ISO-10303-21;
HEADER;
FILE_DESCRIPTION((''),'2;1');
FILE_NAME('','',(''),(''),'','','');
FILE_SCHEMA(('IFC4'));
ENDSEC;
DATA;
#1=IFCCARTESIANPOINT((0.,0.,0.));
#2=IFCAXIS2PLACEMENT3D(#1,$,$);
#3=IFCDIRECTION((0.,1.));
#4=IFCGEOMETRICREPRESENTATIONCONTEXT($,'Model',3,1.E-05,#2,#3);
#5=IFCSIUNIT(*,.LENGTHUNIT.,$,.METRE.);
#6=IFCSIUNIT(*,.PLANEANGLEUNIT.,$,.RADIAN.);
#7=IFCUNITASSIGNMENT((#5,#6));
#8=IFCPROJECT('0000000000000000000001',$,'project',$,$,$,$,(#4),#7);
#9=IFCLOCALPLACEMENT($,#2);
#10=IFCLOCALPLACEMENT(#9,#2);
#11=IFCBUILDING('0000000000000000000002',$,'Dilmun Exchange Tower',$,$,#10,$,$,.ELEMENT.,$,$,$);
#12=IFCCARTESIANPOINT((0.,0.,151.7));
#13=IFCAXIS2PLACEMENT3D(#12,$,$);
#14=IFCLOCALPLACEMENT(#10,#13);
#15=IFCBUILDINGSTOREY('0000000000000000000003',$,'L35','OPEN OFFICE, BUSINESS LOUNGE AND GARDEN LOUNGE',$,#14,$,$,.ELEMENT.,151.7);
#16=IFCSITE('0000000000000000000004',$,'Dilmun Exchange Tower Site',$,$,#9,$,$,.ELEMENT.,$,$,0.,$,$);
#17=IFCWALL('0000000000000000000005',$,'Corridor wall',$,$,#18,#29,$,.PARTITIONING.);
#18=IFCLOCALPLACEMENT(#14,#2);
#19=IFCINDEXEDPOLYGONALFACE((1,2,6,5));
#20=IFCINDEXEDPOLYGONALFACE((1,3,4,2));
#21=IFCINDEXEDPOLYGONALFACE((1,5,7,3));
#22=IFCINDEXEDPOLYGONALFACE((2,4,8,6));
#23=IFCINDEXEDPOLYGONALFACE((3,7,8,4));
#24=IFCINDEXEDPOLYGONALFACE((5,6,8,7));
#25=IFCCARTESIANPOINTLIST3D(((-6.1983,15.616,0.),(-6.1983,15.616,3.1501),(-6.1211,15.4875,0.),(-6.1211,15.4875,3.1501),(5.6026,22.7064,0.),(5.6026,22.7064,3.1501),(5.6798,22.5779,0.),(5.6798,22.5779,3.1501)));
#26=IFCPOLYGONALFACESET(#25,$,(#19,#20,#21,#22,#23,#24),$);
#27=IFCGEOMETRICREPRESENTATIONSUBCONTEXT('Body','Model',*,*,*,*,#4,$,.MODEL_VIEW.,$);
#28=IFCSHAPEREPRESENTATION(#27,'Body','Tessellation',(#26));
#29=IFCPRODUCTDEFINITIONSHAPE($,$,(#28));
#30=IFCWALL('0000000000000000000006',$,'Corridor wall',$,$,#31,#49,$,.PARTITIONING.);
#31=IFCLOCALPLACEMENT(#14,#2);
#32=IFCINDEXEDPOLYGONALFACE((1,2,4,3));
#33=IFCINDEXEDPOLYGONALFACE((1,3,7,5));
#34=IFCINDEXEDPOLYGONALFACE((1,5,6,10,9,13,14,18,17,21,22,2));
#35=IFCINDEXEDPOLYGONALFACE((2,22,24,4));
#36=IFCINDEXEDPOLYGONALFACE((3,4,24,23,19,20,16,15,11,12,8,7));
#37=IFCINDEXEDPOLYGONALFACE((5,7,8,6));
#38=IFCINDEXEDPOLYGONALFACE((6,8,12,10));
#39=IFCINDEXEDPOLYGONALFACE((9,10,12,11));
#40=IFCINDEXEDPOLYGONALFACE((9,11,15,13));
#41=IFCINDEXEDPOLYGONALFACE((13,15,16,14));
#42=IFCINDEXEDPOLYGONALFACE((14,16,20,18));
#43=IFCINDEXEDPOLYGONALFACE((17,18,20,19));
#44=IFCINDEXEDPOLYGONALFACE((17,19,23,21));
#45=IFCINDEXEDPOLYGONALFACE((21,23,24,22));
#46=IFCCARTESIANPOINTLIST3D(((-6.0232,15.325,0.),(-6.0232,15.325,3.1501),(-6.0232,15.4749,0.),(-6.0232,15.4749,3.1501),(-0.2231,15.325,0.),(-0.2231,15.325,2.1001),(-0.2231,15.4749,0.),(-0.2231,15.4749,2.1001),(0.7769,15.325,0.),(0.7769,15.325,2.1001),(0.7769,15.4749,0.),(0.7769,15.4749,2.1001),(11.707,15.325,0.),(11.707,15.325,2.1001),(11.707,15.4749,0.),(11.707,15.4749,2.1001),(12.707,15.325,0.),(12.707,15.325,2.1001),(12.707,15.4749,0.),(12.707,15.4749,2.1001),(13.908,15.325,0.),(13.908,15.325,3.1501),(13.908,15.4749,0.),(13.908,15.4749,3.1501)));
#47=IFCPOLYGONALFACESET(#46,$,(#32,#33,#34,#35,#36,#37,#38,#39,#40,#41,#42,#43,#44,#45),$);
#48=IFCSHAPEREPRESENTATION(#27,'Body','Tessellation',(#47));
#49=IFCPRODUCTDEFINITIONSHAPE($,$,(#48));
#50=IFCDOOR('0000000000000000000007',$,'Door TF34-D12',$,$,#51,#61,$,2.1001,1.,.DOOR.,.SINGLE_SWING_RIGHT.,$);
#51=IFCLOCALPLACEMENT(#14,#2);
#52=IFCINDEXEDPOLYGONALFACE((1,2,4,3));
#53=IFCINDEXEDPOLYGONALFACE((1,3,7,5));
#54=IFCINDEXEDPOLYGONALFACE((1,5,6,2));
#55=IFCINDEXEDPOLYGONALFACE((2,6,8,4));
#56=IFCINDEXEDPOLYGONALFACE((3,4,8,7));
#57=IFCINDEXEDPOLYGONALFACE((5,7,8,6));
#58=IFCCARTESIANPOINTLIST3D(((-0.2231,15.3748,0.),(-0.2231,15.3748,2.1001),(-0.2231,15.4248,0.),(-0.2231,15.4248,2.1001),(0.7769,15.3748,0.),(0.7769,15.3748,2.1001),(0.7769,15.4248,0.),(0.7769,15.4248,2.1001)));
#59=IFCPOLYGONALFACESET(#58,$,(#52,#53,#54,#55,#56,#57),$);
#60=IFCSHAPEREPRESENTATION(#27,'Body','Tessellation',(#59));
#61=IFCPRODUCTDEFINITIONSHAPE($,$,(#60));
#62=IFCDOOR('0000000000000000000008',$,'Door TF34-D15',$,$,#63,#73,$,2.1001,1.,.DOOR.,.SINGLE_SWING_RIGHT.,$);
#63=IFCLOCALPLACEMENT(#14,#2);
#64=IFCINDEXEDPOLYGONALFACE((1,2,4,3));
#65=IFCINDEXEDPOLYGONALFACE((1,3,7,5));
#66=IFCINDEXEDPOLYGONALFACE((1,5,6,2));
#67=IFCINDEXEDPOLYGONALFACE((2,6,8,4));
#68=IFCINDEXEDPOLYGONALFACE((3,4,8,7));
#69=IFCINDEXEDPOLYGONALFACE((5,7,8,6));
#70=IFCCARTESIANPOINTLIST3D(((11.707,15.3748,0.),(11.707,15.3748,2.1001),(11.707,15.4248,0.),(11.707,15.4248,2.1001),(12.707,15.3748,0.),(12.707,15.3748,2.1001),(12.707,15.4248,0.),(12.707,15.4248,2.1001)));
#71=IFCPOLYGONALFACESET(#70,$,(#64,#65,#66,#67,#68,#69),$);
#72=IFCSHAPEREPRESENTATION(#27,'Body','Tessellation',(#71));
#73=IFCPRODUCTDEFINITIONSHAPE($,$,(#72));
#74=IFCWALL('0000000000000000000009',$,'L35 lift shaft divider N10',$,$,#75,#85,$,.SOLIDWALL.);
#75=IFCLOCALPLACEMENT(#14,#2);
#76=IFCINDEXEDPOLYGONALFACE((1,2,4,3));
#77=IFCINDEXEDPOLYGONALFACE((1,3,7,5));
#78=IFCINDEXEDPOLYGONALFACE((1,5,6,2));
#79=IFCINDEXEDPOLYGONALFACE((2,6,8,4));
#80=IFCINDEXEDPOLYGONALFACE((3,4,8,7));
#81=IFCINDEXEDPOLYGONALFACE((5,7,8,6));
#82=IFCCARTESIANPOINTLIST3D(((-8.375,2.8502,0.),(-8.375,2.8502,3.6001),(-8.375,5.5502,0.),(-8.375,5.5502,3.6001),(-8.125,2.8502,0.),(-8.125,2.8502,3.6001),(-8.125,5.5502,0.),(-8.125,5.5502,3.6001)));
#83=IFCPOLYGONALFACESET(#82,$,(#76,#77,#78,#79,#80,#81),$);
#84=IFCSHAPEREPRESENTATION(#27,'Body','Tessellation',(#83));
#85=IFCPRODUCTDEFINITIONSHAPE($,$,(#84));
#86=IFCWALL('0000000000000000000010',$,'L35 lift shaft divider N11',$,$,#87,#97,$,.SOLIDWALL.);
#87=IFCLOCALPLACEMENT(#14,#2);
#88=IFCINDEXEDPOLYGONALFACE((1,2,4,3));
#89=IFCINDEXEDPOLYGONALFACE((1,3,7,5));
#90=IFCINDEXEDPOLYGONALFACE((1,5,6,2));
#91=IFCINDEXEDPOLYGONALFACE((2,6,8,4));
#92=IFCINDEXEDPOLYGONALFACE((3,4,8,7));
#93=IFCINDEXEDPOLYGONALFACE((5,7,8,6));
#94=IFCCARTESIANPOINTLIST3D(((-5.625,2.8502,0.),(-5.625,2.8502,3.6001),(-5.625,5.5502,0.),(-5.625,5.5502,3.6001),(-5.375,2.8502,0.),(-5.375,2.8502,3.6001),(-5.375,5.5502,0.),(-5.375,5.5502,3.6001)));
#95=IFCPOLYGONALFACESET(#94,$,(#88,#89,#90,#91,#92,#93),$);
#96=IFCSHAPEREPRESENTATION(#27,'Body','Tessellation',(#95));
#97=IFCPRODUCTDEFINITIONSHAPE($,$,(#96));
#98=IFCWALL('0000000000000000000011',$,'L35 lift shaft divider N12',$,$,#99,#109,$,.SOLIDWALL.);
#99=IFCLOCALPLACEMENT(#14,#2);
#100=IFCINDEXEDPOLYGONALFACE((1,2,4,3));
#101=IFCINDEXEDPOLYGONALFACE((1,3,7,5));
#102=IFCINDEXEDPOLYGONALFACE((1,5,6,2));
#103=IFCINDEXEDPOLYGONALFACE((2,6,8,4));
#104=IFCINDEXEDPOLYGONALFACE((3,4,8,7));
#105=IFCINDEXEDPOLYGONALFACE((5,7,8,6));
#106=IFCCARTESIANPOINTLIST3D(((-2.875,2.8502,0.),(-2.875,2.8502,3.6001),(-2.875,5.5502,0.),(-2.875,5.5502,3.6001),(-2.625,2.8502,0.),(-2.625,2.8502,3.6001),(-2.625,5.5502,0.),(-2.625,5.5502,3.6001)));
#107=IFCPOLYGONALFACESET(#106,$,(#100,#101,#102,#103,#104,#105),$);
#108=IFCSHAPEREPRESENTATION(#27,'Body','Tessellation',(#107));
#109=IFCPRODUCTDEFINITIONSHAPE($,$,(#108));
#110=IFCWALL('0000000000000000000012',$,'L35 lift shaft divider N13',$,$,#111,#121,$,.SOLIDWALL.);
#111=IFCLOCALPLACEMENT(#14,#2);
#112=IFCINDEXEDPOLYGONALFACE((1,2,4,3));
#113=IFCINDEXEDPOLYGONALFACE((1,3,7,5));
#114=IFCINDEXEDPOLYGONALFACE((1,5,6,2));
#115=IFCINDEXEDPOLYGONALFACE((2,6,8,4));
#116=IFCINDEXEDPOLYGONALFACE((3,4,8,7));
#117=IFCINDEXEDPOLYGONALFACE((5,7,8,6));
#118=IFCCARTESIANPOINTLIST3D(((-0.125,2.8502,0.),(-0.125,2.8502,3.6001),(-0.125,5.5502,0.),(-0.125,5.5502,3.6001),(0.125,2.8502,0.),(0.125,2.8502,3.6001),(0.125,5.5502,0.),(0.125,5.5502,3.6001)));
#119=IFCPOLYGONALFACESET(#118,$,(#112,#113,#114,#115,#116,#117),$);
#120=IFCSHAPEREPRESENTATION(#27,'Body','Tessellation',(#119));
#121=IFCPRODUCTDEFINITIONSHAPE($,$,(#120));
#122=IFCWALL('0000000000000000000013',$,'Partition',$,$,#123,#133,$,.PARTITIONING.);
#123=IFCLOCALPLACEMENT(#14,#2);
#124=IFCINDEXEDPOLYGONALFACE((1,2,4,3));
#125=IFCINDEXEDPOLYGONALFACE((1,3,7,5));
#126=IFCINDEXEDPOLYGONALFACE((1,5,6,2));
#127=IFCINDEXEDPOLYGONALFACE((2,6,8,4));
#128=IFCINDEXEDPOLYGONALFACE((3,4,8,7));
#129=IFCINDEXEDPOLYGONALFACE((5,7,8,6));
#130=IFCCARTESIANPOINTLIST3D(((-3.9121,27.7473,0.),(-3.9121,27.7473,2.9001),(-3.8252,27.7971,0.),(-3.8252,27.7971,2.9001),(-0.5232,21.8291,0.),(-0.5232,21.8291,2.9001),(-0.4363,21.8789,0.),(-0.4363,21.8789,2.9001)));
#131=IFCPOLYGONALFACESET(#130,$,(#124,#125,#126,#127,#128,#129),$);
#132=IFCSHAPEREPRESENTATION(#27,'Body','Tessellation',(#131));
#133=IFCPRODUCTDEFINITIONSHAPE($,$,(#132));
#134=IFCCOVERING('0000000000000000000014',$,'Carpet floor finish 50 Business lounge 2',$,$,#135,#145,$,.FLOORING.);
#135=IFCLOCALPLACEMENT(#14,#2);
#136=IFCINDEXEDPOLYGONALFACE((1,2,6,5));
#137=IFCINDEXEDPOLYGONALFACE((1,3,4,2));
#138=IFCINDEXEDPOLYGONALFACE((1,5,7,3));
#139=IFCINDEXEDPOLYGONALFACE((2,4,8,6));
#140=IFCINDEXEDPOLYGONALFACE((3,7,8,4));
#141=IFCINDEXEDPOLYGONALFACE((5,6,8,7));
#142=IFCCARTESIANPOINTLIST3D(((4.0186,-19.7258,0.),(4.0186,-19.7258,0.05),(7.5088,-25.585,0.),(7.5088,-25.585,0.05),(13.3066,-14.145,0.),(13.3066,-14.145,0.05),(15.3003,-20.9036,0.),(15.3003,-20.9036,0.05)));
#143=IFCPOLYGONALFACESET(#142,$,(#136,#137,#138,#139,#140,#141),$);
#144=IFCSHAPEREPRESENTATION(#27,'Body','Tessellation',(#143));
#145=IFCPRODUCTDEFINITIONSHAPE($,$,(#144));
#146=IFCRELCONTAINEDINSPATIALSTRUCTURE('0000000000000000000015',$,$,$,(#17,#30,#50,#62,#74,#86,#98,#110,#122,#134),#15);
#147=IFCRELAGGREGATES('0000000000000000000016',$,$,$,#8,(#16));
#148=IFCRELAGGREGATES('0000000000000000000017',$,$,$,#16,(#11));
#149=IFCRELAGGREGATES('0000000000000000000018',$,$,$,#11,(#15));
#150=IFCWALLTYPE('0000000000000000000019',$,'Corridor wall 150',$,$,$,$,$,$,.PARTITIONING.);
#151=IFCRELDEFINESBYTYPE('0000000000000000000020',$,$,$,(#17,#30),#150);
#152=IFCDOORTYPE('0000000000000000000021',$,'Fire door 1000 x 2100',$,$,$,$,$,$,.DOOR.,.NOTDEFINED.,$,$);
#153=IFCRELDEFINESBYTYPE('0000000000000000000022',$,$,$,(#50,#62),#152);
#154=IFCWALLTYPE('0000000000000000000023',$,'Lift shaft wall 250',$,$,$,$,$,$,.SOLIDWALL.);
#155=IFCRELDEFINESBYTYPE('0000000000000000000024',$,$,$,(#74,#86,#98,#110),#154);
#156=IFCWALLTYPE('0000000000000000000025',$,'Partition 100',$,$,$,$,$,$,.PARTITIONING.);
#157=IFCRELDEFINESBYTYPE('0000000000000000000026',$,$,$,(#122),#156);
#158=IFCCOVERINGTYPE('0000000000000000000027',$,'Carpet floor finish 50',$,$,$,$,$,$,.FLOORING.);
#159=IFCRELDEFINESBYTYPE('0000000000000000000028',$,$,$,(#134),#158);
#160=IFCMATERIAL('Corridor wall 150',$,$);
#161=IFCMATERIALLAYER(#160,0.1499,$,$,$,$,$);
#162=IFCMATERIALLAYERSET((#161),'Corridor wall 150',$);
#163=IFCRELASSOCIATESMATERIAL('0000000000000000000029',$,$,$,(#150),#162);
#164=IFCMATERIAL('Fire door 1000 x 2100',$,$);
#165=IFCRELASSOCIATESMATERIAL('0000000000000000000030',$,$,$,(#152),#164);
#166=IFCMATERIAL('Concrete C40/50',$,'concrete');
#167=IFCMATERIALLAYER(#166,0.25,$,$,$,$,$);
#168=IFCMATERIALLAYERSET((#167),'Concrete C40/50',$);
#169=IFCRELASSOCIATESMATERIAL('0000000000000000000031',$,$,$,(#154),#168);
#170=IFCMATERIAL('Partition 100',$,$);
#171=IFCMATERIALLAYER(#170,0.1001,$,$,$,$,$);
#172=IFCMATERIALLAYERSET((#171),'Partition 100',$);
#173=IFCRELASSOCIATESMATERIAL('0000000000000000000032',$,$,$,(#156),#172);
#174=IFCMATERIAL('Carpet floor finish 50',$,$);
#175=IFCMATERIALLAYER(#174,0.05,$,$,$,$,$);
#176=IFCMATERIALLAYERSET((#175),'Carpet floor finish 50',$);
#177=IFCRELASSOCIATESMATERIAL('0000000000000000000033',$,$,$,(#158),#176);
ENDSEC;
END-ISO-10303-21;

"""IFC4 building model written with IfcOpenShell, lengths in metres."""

from ifc_helpers import new_model, si_unit, direction, frame, frame_2d, origin, place, context, subcontext, project, spatial, polyline, rectangle, outline, extrude, material, layer, layer_set, type_object, element, fill, save


model = new_model("IFC4")

# Units and contexts
model_context = context("Model", 3, precision=1e-05, world=origin(), true_north=direction((0.0, 1.0)))
body_context = subcontext(model_context, "Body", "Model", "MODEL_VIEW")
ifc_project = project(units=[si_unit("LENGTHUNIT", "METRE"), si_unit("PLANEANGLEUNIT", "RADIAN")], contexts=[model_context])

# Site, building, storey
site_placement = place(None, origin())
site = spatial("IfcSite", under=ifc_project, at=site_placement, Name="Dilmun Exchange Tower Site", CompositionType="ELEMENT", RefElevation=0.0)
building_placement = place(site_placement, origin())
building = spatial("IfcBuilding", under=site, at=building_placement, Name="Dilmun Exchange Tower", CompositionType="ELEMENT")
storey_placement = place(building_placement, frame((0.0, 0.0, 151.7)))
storey = spatial("IfcBuildingStorey", under=building, at=storey_placement, Name="L35", Description="OPEN OFFICE, BUSINESS LOUNGE AND GARDEN LOUNGE", CompositionType="ELEMENT", Elevation=151.7)

# Shared definitions
ifc_material_1 = material(Name="Concrete C40/50", Category="concrete")

# Wall
ifc_material_2 = material(Name="Corridor wall 150")
ifc_layer_1 = layer(ifc_material_2, 0.1499)
ifc_layer_set_1 = layer_set([ifc_layer_1], Name="Corridor wall 150")
wall_type_1 = type_object("IfcWallType", Name="Corridor wall 150", PredefinedType="PARTITIONING", material=ifc_layer_set_1)
wall_1_placement = place(storey_placement, frame((-6.1597, 15.5518, 0.0), z_axis=(0.0, 0.0, 1.0), x_axis=(0.857177, 0.515022, 0.0)))
element("IfcWall", 1, at=wall_1_placement, inside=storey, type_object=wall_type_1, Name="Corridor wall", PredefinedType="PARTITIONING", context=body_context, shape_type="SweptSolid", body=[
    extrude(rectangle(XDim=13.7671, YDim=0.1499, at=frame_2d((6.8835, 0.0))), origin(), (0.0, 0.0, 1.0), 3.1501),
])

# Wall, openings, doors
wall_2_placement = place(storey_placement, frame((-6.0232, 15.3999, 0.0), z_axis=(0.0, 0.0, 1.0), x_axis=(1.0, 0.0, 0.0)))
wall_2 = element("IfcWall", 2, at=wall_2_placement, inside=storey, type_object=wall_type_1, Name="Corridor wall", PredefinedType="PARTITIONING", context=body_context, shape_type="SweptSolid", body=[
    extrude(rectangle(XDim=19.9312, YDim=0.1499, at=frame_2d((9.9656, 0.0))), origin(), (0.0, 0.0, 1.0), 3.1501),
])
opening_1_placement = place(wall_2_placement, frame((5.8, 0.0, 0.0)))
opening_1 = element("IfcOpeningElement", 3, at=opening_1_placement, cuts=wall_2, PredefinedType="OPENING", context=body_context, shape_type="SweptSolid", body=[
    extrude(rectangle(XDim=1.0, YDim=2.1001, at=frame_2d((0.5, 1.05))), frame((0.0, 0.085, 0.0), z_axis=(0.0, -1.0, 0.0), x_axis=(1.0, 0.0, 0.0)), (0.0, 0.0, 1.0), 0.1699),
])
opening_2_placement = place(wall_2_placement, frame((17.7302, 0.0, 0.0)))
opening_2 = element("IfcOpeningElement", 4, at=opening_2_placement, cuts=wall_2, PredefinedType="OPENING", context=body_context, shape_type="SweptSolid", body=[
    extrude(rectangle(XDim=1.0, YDim=2.1001, at=frame_2d((0.5, 1.05))), frame((0.0, 0.085, 0.0), z_axis=(0.0, -1.0, 0.0), x_axis=(1.0, 0.0, 0.0)), (0.0, 0.0, 1.0), 0.1699),
])
ifc_material_3 = material(Name="Fire door 1000 x 2100")
door_type_1 = type_object("IfcDoorType", Name="Fire door 1000 x 2100", OperationType="NOTDEFINED", PredefinedType="DOOR", material=ifc_material_3)
door_1_placement = place(opening_1_placement, origin())
door_1 = element("IfcDoor", 5, at=door_1_placement, inside=storey, type_object=door_type_1, Name="Door TF34-D12", OperationType="SINGLE_SWING_RIGHT", OverallHeight=2.1001, OverallWidth=1.0, PredefinedType="DOOR", context=body_context, shape_type="SweptSolid", body=[
    extrude(rectangle(XDim=1.0, YDim=2.1001, at=frame_2d((0.5, 1.05))), frame((0.0, 0.0249, 0.0), z_axis=(0.0, -1.0, 0.0), x_axis=(1.0, 0.0, 0.0)), (0.0, 0.0, 1.0), 0.05),
])
fill(opening_1, door_1)
door_2_placement = place(opening_2_placement, origin())
door_2 = element("IfcDoor", 6, at=door_2_placement, inside=storey, type_object=door_type_1, Name="Door TF34-D15", OperationType="SINGLE_SWING_RIGHT", OverallHeight=2.1001, OverallWidth=1.0, PredefinedType="DOOR", context=body_context, shape_type="SweptSolid", body=[
    extrude(rectangle(XDim=1.0, YDim=2.1001, at=frame_2d((0.5, 1.05))), frame((0.0, 0.0249, 0.0), z_axis=(0.0, -1.0, 0.0), x_axis=(1.0, 0.0, 0.0)), (0.0, 0.0, 1.0), 0.05),
])
fill(opening_2, door_2)

# Walls
ifc_layer_2 = layer(ifc_material_1, 0.25)
ifc_layer_set_2 = layer_set([ifc_layer_2], Name="Concrete C40/50")
wall_type_2 = type_object("IfcWallType", Name="Lift shaft wall 250", PredefinedType="SOLIDWALL", material=ifc_layer_set_2)
for number, where, z_axis, x_axis, name in (
    (7, (-8.25, 2.8501, 0.0), (0.0, 0.0, 1.0), (0.0, 1.0, 0.0), "L35 lift shaft divider N10"),
    (8, (-5.5, 2.8501, 0.0), (0.0, 0.0, 1.0), (0.0, 1.0, 0.0), "L35 lift shaft divider N11"),
    (9, (-2.75, 2.8501, 0.0), (0.0, 0.0, 1.0), (0.0, 1.0, 0.0), "L35 lift shaft divider N12"),
    (10, (0.0, 2.8501, 0.0), (0.0, 0.0, 1.0), (0.0, 1.0, 0.0), "L35 lift shaft divider N13"),
):
    element("IfcWall", number, at=place(storey_placement, frame(where, z_axis=z_axis, x_axis=x_axis)), inside=storey, type_object=wall_type_2, Name=name, PredefinedType="SOLIDWALL", context=body_context, shape_type="SweptSolid", body=[
        extrude(rectangle(XDim=2.7, YDim=0.25, at=frame_2d((1.3501, 0.0))), origin(), (0.0, 0.0, 1.0), 3.6001),
    ])
ifc_material_4 = material(Name="Partition 100")
ifc_layer_3 = layer(ifc_material_4, 0.1001)
ifc_layer_set_3 = layer_set([ifc_layer_3], Name="Partition 100")
wall_type_3 = type_object("IfcWallType", Name="Partition 100", PredefinedType="PARTITIONING", material=ifc_layer_set_3)
wall_3_placement = place(storey_placement, frame((-3.8687, 27.7722, 0.0), z_axis=(0.0, 0.0, 1.0), x_axis=(0.496921, -0.867796, 0.0)))
element("IfcWall", 11, at=wall_3_placement, inside=storey, type_object=wall_type_3, Name="Partition", PredefinedType="PARTITIONING", context=body_context, shape_type="SweptSolid", body=[
    extrude(rectangle(XDim=6.8198, YDim=0.1001, at=frame_2d((3.4099, 0.0))), origin(), (0.0, 0.0, 1.0), 2.9001),
])

# Covering
ifc_material_5 = material(Name="Carpet floor finish 50")
ifc_layer_4 = layer(ifc_material_5, 0.05)
ifc_layer_set_4 = layer_set([ifc_layer_4], Name="Carpet floor finish 50")
covering_type = type_object("IfcCoveringType", Name="Carpet floor finish 50", PredefinedType="FLOORING", material=ifc_layer_set_4)
covering_placement = place(storey_placement, origin())
element("IfcCovering", 12, at=covering_placement, inside=storey, type_object=covering_type, Name="Carpet floor finish 50 Business lounge 2", PredefinedType="FLOORING", context=body_context, shape_type="SweptSolid", body=[
    extrude(outline(polyline([(4.0186, -19.7258), (13.3066, -14.145), (15.3003, -20.9036), (7.5088, -25.585), (4.0186, -19.7258)])), origin(), (0.0, 0.0, 1.0), 0.05),
])

save(model, "model.ifc")
